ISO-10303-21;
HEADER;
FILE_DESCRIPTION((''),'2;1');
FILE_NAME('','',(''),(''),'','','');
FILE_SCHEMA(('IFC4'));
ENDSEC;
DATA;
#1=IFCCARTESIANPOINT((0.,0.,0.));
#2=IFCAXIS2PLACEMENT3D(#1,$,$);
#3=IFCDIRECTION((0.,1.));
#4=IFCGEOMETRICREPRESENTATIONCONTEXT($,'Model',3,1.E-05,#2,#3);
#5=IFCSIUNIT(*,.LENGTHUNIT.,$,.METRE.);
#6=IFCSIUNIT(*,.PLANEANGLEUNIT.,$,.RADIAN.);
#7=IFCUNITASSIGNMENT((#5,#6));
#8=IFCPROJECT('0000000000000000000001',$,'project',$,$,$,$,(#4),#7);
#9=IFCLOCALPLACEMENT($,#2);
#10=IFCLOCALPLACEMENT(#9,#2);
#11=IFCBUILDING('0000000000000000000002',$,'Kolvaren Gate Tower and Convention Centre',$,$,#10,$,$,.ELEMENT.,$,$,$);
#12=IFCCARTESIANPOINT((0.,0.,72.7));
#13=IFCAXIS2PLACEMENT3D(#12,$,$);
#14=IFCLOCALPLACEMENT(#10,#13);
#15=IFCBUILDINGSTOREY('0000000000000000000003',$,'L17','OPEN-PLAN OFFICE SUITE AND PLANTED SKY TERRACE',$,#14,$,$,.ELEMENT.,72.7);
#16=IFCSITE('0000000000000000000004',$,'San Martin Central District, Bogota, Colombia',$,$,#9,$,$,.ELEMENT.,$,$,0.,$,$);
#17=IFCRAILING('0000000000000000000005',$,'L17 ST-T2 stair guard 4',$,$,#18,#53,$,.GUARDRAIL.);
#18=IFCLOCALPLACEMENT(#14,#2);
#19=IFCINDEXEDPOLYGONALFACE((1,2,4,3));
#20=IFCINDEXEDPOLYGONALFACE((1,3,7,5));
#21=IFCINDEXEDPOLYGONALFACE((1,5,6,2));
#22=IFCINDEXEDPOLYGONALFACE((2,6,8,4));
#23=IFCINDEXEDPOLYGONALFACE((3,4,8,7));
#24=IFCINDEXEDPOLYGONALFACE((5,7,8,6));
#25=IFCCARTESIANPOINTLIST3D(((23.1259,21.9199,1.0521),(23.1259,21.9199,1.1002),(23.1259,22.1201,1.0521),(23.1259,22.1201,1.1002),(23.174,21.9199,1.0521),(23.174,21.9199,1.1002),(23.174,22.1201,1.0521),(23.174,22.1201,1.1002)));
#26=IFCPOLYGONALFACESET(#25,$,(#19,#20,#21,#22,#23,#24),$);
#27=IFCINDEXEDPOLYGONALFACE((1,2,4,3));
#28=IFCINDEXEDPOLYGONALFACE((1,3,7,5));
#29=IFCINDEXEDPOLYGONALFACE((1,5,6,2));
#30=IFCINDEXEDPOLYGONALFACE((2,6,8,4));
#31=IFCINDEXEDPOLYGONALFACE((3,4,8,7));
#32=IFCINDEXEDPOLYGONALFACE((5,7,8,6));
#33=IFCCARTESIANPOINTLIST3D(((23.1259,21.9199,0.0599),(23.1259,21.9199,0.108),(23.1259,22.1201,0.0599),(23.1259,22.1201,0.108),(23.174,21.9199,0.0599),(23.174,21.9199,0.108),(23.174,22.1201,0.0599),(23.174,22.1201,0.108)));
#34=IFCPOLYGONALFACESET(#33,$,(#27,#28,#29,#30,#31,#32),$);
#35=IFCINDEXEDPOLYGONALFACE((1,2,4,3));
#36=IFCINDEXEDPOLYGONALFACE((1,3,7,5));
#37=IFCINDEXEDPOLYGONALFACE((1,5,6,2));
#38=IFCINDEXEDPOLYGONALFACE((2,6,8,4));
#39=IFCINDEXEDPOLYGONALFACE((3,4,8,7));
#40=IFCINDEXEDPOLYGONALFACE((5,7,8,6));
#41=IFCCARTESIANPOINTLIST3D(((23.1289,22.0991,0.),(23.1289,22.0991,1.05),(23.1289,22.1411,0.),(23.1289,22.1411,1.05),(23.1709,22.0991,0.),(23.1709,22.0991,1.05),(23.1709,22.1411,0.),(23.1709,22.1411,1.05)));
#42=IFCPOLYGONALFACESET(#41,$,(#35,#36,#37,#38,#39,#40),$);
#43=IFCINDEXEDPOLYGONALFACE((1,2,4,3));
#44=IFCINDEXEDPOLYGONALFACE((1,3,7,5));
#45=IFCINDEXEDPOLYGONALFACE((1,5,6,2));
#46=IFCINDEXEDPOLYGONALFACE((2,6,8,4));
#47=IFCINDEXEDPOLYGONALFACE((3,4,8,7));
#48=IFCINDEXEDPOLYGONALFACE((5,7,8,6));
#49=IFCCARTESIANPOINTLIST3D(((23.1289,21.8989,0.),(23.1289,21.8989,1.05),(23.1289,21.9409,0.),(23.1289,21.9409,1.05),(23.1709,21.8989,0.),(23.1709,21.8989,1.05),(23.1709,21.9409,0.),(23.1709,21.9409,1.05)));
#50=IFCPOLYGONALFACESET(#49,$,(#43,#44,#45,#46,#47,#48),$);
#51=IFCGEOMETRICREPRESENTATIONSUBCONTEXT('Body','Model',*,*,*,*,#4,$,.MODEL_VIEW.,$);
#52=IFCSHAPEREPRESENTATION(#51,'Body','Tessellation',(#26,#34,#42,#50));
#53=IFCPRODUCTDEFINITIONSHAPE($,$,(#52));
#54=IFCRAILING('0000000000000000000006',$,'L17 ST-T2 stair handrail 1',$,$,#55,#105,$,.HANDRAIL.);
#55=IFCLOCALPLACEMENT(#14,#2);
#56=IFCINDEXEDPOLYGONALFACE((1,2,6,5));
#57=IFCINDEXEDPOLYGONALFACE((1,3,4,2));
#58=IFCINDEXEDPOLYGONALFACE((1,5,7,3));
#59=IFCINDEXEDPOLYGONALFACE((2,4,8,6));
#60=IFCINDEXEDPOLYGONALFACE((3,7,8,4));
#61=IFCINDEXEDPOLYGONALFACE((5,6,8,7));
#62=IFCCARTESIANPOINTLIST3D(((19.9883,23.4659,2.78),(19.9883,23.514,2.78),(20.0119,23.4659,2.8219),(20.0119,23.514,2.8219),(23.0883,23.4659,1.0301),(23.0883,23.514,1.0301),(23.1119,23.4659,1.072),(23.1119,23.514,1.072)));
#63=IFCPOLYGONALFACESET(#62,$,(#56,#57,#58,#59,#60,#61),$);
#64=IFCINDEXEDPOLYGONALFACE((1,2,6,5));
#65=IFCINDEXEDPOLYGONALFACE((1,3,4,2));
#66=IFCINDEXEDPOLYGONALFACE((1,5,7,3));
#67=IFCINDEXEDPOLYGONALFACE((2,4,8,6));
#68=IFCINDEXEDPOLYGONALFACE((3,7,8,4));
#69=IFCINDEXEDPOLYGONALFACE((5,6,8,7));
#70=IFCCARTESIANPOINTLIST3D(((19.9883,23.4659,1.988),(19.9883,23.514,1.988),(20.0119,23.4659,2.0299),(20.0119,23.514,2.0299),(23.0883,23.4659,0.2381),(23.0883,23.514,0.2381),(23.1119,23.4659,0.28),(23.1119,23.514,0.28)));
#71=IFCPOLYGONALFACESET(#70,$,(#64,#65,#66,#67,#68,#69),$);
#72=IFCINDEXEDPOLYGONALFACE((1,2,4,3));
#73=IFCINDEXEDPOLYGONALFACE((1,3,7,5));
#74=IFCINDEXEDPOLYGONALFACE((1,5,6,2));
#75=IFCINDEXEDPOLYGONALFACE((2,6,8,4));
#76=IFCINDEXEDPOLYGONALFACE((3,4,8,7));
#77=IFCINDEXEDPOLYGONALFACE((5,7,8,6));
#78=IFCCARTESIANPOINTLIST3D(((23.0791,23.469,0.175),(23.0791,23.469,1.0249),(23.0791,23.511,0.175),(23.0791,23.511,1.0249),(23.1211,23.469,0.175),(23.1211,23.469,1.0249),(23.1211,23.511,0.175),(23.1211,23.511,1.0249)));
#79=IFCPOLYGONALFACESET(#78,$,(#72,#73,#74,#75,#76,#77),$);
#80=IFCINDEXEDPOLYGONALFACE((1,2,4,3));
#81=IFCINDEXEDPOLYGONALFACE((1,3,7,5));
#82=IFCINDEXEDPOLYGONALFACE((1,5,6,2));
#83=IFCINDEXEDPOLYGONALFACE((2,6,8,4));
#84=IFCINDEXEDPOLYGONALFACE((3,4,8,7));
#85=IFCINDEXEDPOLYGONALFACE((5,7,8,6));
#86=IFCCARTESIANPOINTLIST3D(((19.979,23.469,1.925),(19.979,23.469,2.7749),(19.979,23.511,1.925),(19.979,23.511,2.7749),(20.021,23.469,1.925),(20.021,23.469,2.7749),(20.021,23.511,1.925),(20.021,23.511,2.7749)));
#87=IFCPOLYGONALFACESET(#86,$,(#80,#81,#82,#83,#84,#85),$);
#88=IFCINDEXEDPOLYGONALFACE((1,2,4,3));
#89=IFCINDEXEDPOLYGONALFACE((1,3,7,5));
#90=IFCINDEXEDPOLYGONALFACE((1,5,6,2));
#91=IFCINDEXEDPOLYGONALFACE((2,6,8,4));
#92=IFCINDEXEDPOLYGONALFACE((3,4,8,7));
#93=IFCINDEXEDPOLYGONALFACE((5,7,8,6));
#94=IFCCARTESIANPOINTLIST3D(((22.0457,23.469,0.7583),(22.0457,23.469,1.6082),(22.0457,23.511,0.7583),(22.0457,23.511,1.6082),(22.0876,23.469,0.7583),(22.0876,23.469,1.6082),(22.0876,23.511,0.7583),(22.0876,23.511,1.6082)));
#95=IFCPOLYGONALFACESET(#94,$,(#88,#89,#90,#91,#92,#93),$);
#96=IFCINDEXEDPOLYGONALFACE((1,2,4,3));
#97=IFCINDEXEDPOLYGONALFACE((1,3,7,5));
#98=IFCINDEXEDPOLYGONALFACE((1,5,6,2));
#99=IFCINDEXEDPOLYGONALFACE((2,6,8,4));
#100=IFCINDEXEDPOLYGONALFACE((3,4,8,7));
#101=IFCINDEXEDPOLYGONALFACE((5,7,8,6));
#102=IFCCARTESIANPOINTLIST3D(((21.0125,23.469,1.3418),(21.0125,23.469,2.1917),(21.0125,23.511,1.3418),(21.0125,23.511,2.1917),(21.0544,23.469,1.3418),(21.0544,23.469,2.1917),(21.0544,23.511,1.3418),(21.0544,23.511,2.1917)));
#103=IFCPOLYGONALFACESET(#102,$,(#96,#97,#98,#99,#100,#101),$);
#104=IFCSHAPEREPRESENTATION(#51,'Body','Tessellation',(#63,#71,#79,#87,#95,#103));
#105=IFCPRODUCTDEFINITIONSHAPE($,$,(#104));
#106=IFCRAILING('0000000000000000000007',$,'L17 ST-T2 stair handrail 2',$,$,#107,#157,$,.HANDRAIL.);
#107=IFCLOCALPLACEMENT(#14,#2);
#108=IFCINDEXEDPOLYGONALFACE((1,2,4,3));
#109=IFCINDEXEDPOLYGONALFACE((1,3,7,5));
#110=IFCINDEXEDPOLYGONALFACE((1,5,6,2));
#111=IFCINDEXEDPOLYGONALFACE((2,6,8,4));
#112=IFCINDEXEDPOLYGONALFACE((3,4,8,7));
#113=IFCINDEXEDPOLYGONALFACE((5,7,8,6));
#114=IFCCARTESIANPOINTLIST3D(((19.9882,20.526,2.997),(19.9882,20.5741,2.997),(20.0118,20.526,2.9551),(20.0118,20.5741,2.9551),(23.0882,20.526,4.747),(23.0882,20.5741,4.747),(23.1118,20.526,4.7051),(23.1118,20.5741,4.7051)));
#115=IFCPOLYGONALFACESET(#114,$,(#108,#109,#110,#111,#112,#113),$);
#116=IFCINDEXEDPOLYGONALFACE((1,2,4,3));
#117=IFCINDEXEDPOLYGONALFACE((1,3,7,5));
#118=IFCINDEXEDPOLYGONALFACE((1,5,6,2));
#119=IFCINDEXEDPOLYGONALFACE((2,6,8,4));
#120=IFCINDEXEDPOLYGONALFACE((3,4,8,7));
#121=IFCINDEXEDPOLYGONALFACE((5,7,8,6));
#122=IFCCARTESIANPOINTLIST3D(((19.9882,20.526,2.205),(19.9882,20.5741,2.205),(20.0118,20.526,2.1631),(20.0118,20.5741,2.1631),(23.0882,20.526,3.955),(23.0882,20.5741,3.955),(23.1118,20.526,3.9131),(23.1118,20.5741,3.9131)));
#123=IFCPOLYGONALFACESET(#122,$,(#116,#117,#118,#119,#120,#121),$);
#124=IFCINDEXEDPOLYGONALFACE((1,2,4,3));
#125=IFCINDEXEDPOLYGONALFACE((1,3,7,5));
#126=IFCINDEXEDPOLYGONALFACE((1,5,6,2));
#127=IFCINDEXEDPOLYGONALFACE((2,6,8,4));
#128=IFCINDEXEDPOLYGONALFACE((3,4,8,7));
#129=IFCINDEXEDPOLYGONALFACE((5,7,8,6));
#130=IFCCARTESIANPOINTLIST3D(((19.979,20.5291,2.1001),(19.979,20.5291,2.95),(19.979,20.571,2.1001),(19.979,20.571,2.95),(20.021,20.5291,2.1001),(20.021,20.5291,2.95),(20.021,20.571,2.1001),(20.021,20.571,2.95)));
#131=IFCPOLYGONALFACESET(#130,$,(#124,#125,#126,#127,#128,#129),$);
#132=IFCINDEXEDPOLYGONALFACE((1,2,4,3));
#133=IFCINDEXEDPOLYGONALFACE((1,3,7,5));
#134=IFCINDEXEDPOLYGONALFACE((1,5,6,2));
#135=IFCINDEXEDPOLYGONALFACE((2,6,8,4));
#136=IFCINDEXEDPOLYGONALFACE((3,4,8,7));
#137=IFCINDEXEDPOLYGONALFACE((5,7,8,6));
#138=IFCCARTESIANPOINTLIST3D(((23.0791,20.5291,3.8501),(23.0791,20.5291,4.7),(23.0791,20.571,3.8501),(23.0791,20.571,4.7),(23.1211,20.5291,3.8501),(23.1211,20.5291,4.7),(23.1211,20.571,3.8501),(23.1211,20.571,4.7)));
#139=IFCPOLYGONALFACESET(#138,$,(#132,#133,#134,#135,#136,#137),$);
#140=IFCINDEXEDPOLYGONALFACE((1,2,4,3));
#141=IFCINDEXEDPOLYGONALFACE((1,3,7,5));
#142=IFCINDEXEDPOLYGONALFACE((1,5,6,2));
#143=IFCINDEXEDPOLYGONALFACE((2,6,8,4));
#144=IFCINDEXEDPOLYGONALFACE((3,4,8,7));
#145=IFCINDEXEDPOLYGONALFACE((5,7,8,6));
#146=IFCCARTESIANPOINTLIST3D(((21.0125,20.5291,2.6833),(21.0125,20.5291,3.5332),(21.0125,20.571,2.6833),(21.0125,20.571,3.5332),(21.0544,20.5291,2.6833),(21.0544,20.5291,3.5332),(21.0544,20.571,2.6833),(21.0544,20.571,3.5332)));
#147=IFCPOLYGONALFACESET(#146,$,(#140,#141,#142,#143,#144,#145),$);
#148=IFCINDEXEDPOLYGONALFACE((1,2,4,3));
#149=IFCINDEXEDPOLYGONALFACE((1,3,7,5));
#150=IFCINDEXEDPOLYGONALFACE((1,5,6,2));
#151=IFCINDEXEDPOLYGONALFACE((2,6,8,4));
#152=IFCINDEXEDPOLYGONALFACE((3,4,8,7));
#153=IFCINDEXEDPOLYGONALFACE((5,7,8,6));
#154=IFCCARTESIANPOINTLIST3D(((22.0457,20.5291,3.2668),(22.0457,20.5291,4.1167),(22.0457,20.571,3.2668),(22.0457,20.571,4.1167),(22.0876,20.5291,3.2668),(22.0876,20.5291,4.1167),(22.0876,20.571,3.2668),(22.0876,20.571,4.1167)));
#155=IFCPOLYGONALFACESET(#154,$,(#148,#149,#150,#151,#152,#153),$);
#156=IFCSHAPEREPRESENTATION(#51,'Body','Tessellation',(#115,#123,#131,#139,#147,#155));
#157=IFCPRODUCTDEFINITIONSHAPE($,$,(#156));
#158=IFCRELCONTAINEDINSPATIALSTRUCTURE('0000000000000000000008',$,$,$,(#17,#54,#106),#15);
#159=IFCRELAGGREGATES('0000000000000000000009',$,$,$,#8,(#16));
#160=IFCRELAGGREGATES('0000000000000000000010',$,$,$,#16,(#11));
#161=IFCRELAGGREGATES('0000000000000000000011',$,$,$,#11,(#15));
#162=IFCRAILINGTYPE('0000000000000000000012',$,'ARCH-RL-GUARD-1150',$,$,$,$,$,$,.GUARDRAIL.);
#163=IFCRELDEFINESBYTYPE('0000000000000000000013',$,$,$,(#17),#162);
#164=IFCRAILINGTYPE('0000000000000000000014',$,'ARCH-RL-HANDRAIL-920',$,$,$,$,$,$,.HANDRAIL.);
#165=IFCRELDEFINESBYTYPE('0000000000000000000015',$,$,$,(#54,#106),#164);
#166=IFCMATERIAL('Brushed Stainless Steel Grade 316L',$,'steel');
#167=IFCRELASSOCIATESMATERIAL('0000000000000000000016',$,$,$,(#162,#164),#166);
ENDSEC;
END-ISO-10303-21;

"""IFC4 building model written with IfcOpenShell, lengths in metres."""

from ifc_helpers import new_model, si_unit, direction, frame, origin, origin_2d, place, context, subcontext, project, spatial, rectangle, extrude, material, type_object, element, save


model = new_model("IFC4")

# Units and contexts
model_context = context("Model", 3, precision=1e-05, world=origin(), true_north=direction((0.0, 1.0)))
body_context = subcontext(model_context, "Body", "Model", "MODEL_VIEW")
ifc_project = project(units=[si_unit("LENGTHUNIT", "METRE"), si_unit("PLANEANGLEUNIT", "RADIAN")], contexts=[model_context])

# Site, building, storey
site_placement = place(None, origin())
site = spatial("IfcSite", under=ifc_project, at=site_placement, Name="San Martin Central District, Bogota, Colombia", CompositionType="ELEMENT", RefElevation=0.0)
building_placement = place(site_placement, origin())
building = spatial("IfcBuilding", under=site, at=building_placement, Name="Kolvaren Gate Tower and Convention Centre", CompositionType="ELEMENT")
storey_placement = place(building_placement, frame((0.0, 0.0, 72.7)))
storey = spatial("IfcBuildingStorey", under=building, at=storey_placement, Name="L17", Description="OPEN-PLAN OFFICE SUITE AND PLANTED SKY TERRACE", CompositionType="ELEMENT", Elevation=72.7)

# Shared definitions
ifc_material_1 = material(Name="Brushed Stainless Steel Grade 316L", Category="steel")

# Railings
railing_type_1 = type_object("IfcRailingType", Name="ARCH-RL-GUARD-1150", PredefinedType="GUARDRAIL", material=ifc_material_1)
railing_1_placement = place(storey_placement, frame((23.1499, 22.1201, 0.0)))
element("IfcRailing", 1, at=railing_1_placement, inside=storey, type_object=railing_type_1, Name="L17 ST-T2 stair guard 4", PredefinedType="GUARDRAIL", context=body_context, shape_type="SweptSolid", body=[
    extrude(rectangle(XDim=0.0481, YDim=0.0481, at=origin_2d()), frame((0.0, 0.0, 1.0762), z_axis=(0.0, -1.0, 0.0), x_axis=(1.0, 0.0, 0.0)), (0.0, 0.0, 1.0), 0.2002),
    extrude(rectangle(XDim=0.0481, YDim=0.0481, at=origin_2d()), frame((0.0, 0.0, 0.084), z_axis=(0.0, -1.0, 0.0), x_axis=(1.0, 0.0, 0.0)), (0.0, 0.0, 1.0), 0.2002),
    extrude(rectangle(XDim=0.042, YDim=0.042, at=origin_2d()), origin(), (0.0, 0.0, 1.0), 1.05),
    extrude(rectangle(XDim=0.042, YDim=0.042, at=origin_2d()), frame((0.0, -0.2002, 0.0)), (0.0, 0.0, 1.0), 1.05),
])
railing_type_2 = type_object("IfcRailingType", Name="ARCH-RL-HANDRAIL-920", PredefinedType="HANDRAIL", material=ifc_material_1)
railing_2_placement = place(storey_placement, frame((23.1001, 23.49, 0.175)))
element("IfcRailing", 2, at=railing_2_placement, inside=storey, type_object=railing_type_2, Name="L17 ST-T2 stair handrail 1", PredefinedType="HANDRAIL", context=body_context, shape_type="SweptSolid", body=[
    extrude(rectangle(XDim=0.0481, YDim=0.0481, at=origin_2d()), frame((0.0, 0.0, 0.876), z_axis=(-0.870831, 0.0, 0.491583), x_axis=(0.0, -1.0, 0.0)), (0.0, 0.0, 1.0), 3.5598),
    extrude(rectangle(XDim=0.0481, YDim=0.0481, at=origin_2d()), frame((0.0, 0.0, 0.084), z_axis=(-0.870831, 0.0, 0.491583), x_axis=(0.0, -1.0, 0.0)), (0.0, 0.0, 1.0), 3.5598),
    extrude(rectangle(XDim=0.042, YDim=0.042, at=origin_2d()), origin(), (0.0, 0.0, 1.0), 0.8499),
    extrude(rectangle(XDim=0.042, YDim=0.042, at=origin_2d()), frame((-3.1001, 0.0, 1.75)), (0.0, 0.0, 1.0), 0.8499),
    extrude(rectangle(XDim=0.042, YDim=0.042, at=origin_2d()), frame((-1.0334, 0.0, 0.5833)), (0.0, 0.0, 1.0), 0.8499),
    extrude(rectangle(XDim=0.042, YDim=0.042, at=origin_2d()), frame((-2.0667, 0.0, 1.1667)), (0.0, 0.0, 1.0), 0.8499),
])
railing_3_placement = place(storey_placement, frame((20.0, 20.55, 2.1001)))
element("IfcRailing", 3, at=railing_3_placement, inside=storey, type_object=railing_type_2, Name="L17 ST-T2 stair handrail 2", PredefinedType="HANDRAIL", context=body_context, shape_type="SweptSolid", body=[
    extrude(rectangle(XDim=0.0481, YDim=0.0481, at=origin_2d()), frame((0.0, 0.0, 0.876), z_axis=(0.870831, 0.0, 0.491583), x_axis=(0.0, 1.0, 0.0)), (0.0, 0.0, 1.0), 3.5598),
    extrude(rectangle(XDim=0.0481, YDim=0.0481, at=origin_2d()), frame((0.0, 0.0, 0.084), z_axis=(0.870831, 0.0, 0.491583), x_axis=(0.0, 1.0, 0.0)), (0.0, 0.0, 1.0), 3.5598),
    extrude(rectangle(XDim=0.042, YDim=0.042, at=origin_2d()), origin(), (0.0, 0.0, 1.0), 0.8499),
    extrude(rectangle(XDim=0.042, YDim=0.042, at=origin_2d()), frame((3.1001, 0.0, 1.75)), (0.0, 0.0, 1.0), 0.8499),
    extrude(rectangle(XDim=0.042, YDim=0.042, at=origin_2d()), frame((1.0334, 0.0, 0.5833)), (0.0, 0.0, 1.0), 0.8499),
    extrude(rectangle(XDim=0.042, YDim=0.042, at=origin_2d()), frame((2.0667, 0.0, 1.1667)), (0.0, 0.0, 1.0), 0.8499),
])

save(model, "model.ifc")
